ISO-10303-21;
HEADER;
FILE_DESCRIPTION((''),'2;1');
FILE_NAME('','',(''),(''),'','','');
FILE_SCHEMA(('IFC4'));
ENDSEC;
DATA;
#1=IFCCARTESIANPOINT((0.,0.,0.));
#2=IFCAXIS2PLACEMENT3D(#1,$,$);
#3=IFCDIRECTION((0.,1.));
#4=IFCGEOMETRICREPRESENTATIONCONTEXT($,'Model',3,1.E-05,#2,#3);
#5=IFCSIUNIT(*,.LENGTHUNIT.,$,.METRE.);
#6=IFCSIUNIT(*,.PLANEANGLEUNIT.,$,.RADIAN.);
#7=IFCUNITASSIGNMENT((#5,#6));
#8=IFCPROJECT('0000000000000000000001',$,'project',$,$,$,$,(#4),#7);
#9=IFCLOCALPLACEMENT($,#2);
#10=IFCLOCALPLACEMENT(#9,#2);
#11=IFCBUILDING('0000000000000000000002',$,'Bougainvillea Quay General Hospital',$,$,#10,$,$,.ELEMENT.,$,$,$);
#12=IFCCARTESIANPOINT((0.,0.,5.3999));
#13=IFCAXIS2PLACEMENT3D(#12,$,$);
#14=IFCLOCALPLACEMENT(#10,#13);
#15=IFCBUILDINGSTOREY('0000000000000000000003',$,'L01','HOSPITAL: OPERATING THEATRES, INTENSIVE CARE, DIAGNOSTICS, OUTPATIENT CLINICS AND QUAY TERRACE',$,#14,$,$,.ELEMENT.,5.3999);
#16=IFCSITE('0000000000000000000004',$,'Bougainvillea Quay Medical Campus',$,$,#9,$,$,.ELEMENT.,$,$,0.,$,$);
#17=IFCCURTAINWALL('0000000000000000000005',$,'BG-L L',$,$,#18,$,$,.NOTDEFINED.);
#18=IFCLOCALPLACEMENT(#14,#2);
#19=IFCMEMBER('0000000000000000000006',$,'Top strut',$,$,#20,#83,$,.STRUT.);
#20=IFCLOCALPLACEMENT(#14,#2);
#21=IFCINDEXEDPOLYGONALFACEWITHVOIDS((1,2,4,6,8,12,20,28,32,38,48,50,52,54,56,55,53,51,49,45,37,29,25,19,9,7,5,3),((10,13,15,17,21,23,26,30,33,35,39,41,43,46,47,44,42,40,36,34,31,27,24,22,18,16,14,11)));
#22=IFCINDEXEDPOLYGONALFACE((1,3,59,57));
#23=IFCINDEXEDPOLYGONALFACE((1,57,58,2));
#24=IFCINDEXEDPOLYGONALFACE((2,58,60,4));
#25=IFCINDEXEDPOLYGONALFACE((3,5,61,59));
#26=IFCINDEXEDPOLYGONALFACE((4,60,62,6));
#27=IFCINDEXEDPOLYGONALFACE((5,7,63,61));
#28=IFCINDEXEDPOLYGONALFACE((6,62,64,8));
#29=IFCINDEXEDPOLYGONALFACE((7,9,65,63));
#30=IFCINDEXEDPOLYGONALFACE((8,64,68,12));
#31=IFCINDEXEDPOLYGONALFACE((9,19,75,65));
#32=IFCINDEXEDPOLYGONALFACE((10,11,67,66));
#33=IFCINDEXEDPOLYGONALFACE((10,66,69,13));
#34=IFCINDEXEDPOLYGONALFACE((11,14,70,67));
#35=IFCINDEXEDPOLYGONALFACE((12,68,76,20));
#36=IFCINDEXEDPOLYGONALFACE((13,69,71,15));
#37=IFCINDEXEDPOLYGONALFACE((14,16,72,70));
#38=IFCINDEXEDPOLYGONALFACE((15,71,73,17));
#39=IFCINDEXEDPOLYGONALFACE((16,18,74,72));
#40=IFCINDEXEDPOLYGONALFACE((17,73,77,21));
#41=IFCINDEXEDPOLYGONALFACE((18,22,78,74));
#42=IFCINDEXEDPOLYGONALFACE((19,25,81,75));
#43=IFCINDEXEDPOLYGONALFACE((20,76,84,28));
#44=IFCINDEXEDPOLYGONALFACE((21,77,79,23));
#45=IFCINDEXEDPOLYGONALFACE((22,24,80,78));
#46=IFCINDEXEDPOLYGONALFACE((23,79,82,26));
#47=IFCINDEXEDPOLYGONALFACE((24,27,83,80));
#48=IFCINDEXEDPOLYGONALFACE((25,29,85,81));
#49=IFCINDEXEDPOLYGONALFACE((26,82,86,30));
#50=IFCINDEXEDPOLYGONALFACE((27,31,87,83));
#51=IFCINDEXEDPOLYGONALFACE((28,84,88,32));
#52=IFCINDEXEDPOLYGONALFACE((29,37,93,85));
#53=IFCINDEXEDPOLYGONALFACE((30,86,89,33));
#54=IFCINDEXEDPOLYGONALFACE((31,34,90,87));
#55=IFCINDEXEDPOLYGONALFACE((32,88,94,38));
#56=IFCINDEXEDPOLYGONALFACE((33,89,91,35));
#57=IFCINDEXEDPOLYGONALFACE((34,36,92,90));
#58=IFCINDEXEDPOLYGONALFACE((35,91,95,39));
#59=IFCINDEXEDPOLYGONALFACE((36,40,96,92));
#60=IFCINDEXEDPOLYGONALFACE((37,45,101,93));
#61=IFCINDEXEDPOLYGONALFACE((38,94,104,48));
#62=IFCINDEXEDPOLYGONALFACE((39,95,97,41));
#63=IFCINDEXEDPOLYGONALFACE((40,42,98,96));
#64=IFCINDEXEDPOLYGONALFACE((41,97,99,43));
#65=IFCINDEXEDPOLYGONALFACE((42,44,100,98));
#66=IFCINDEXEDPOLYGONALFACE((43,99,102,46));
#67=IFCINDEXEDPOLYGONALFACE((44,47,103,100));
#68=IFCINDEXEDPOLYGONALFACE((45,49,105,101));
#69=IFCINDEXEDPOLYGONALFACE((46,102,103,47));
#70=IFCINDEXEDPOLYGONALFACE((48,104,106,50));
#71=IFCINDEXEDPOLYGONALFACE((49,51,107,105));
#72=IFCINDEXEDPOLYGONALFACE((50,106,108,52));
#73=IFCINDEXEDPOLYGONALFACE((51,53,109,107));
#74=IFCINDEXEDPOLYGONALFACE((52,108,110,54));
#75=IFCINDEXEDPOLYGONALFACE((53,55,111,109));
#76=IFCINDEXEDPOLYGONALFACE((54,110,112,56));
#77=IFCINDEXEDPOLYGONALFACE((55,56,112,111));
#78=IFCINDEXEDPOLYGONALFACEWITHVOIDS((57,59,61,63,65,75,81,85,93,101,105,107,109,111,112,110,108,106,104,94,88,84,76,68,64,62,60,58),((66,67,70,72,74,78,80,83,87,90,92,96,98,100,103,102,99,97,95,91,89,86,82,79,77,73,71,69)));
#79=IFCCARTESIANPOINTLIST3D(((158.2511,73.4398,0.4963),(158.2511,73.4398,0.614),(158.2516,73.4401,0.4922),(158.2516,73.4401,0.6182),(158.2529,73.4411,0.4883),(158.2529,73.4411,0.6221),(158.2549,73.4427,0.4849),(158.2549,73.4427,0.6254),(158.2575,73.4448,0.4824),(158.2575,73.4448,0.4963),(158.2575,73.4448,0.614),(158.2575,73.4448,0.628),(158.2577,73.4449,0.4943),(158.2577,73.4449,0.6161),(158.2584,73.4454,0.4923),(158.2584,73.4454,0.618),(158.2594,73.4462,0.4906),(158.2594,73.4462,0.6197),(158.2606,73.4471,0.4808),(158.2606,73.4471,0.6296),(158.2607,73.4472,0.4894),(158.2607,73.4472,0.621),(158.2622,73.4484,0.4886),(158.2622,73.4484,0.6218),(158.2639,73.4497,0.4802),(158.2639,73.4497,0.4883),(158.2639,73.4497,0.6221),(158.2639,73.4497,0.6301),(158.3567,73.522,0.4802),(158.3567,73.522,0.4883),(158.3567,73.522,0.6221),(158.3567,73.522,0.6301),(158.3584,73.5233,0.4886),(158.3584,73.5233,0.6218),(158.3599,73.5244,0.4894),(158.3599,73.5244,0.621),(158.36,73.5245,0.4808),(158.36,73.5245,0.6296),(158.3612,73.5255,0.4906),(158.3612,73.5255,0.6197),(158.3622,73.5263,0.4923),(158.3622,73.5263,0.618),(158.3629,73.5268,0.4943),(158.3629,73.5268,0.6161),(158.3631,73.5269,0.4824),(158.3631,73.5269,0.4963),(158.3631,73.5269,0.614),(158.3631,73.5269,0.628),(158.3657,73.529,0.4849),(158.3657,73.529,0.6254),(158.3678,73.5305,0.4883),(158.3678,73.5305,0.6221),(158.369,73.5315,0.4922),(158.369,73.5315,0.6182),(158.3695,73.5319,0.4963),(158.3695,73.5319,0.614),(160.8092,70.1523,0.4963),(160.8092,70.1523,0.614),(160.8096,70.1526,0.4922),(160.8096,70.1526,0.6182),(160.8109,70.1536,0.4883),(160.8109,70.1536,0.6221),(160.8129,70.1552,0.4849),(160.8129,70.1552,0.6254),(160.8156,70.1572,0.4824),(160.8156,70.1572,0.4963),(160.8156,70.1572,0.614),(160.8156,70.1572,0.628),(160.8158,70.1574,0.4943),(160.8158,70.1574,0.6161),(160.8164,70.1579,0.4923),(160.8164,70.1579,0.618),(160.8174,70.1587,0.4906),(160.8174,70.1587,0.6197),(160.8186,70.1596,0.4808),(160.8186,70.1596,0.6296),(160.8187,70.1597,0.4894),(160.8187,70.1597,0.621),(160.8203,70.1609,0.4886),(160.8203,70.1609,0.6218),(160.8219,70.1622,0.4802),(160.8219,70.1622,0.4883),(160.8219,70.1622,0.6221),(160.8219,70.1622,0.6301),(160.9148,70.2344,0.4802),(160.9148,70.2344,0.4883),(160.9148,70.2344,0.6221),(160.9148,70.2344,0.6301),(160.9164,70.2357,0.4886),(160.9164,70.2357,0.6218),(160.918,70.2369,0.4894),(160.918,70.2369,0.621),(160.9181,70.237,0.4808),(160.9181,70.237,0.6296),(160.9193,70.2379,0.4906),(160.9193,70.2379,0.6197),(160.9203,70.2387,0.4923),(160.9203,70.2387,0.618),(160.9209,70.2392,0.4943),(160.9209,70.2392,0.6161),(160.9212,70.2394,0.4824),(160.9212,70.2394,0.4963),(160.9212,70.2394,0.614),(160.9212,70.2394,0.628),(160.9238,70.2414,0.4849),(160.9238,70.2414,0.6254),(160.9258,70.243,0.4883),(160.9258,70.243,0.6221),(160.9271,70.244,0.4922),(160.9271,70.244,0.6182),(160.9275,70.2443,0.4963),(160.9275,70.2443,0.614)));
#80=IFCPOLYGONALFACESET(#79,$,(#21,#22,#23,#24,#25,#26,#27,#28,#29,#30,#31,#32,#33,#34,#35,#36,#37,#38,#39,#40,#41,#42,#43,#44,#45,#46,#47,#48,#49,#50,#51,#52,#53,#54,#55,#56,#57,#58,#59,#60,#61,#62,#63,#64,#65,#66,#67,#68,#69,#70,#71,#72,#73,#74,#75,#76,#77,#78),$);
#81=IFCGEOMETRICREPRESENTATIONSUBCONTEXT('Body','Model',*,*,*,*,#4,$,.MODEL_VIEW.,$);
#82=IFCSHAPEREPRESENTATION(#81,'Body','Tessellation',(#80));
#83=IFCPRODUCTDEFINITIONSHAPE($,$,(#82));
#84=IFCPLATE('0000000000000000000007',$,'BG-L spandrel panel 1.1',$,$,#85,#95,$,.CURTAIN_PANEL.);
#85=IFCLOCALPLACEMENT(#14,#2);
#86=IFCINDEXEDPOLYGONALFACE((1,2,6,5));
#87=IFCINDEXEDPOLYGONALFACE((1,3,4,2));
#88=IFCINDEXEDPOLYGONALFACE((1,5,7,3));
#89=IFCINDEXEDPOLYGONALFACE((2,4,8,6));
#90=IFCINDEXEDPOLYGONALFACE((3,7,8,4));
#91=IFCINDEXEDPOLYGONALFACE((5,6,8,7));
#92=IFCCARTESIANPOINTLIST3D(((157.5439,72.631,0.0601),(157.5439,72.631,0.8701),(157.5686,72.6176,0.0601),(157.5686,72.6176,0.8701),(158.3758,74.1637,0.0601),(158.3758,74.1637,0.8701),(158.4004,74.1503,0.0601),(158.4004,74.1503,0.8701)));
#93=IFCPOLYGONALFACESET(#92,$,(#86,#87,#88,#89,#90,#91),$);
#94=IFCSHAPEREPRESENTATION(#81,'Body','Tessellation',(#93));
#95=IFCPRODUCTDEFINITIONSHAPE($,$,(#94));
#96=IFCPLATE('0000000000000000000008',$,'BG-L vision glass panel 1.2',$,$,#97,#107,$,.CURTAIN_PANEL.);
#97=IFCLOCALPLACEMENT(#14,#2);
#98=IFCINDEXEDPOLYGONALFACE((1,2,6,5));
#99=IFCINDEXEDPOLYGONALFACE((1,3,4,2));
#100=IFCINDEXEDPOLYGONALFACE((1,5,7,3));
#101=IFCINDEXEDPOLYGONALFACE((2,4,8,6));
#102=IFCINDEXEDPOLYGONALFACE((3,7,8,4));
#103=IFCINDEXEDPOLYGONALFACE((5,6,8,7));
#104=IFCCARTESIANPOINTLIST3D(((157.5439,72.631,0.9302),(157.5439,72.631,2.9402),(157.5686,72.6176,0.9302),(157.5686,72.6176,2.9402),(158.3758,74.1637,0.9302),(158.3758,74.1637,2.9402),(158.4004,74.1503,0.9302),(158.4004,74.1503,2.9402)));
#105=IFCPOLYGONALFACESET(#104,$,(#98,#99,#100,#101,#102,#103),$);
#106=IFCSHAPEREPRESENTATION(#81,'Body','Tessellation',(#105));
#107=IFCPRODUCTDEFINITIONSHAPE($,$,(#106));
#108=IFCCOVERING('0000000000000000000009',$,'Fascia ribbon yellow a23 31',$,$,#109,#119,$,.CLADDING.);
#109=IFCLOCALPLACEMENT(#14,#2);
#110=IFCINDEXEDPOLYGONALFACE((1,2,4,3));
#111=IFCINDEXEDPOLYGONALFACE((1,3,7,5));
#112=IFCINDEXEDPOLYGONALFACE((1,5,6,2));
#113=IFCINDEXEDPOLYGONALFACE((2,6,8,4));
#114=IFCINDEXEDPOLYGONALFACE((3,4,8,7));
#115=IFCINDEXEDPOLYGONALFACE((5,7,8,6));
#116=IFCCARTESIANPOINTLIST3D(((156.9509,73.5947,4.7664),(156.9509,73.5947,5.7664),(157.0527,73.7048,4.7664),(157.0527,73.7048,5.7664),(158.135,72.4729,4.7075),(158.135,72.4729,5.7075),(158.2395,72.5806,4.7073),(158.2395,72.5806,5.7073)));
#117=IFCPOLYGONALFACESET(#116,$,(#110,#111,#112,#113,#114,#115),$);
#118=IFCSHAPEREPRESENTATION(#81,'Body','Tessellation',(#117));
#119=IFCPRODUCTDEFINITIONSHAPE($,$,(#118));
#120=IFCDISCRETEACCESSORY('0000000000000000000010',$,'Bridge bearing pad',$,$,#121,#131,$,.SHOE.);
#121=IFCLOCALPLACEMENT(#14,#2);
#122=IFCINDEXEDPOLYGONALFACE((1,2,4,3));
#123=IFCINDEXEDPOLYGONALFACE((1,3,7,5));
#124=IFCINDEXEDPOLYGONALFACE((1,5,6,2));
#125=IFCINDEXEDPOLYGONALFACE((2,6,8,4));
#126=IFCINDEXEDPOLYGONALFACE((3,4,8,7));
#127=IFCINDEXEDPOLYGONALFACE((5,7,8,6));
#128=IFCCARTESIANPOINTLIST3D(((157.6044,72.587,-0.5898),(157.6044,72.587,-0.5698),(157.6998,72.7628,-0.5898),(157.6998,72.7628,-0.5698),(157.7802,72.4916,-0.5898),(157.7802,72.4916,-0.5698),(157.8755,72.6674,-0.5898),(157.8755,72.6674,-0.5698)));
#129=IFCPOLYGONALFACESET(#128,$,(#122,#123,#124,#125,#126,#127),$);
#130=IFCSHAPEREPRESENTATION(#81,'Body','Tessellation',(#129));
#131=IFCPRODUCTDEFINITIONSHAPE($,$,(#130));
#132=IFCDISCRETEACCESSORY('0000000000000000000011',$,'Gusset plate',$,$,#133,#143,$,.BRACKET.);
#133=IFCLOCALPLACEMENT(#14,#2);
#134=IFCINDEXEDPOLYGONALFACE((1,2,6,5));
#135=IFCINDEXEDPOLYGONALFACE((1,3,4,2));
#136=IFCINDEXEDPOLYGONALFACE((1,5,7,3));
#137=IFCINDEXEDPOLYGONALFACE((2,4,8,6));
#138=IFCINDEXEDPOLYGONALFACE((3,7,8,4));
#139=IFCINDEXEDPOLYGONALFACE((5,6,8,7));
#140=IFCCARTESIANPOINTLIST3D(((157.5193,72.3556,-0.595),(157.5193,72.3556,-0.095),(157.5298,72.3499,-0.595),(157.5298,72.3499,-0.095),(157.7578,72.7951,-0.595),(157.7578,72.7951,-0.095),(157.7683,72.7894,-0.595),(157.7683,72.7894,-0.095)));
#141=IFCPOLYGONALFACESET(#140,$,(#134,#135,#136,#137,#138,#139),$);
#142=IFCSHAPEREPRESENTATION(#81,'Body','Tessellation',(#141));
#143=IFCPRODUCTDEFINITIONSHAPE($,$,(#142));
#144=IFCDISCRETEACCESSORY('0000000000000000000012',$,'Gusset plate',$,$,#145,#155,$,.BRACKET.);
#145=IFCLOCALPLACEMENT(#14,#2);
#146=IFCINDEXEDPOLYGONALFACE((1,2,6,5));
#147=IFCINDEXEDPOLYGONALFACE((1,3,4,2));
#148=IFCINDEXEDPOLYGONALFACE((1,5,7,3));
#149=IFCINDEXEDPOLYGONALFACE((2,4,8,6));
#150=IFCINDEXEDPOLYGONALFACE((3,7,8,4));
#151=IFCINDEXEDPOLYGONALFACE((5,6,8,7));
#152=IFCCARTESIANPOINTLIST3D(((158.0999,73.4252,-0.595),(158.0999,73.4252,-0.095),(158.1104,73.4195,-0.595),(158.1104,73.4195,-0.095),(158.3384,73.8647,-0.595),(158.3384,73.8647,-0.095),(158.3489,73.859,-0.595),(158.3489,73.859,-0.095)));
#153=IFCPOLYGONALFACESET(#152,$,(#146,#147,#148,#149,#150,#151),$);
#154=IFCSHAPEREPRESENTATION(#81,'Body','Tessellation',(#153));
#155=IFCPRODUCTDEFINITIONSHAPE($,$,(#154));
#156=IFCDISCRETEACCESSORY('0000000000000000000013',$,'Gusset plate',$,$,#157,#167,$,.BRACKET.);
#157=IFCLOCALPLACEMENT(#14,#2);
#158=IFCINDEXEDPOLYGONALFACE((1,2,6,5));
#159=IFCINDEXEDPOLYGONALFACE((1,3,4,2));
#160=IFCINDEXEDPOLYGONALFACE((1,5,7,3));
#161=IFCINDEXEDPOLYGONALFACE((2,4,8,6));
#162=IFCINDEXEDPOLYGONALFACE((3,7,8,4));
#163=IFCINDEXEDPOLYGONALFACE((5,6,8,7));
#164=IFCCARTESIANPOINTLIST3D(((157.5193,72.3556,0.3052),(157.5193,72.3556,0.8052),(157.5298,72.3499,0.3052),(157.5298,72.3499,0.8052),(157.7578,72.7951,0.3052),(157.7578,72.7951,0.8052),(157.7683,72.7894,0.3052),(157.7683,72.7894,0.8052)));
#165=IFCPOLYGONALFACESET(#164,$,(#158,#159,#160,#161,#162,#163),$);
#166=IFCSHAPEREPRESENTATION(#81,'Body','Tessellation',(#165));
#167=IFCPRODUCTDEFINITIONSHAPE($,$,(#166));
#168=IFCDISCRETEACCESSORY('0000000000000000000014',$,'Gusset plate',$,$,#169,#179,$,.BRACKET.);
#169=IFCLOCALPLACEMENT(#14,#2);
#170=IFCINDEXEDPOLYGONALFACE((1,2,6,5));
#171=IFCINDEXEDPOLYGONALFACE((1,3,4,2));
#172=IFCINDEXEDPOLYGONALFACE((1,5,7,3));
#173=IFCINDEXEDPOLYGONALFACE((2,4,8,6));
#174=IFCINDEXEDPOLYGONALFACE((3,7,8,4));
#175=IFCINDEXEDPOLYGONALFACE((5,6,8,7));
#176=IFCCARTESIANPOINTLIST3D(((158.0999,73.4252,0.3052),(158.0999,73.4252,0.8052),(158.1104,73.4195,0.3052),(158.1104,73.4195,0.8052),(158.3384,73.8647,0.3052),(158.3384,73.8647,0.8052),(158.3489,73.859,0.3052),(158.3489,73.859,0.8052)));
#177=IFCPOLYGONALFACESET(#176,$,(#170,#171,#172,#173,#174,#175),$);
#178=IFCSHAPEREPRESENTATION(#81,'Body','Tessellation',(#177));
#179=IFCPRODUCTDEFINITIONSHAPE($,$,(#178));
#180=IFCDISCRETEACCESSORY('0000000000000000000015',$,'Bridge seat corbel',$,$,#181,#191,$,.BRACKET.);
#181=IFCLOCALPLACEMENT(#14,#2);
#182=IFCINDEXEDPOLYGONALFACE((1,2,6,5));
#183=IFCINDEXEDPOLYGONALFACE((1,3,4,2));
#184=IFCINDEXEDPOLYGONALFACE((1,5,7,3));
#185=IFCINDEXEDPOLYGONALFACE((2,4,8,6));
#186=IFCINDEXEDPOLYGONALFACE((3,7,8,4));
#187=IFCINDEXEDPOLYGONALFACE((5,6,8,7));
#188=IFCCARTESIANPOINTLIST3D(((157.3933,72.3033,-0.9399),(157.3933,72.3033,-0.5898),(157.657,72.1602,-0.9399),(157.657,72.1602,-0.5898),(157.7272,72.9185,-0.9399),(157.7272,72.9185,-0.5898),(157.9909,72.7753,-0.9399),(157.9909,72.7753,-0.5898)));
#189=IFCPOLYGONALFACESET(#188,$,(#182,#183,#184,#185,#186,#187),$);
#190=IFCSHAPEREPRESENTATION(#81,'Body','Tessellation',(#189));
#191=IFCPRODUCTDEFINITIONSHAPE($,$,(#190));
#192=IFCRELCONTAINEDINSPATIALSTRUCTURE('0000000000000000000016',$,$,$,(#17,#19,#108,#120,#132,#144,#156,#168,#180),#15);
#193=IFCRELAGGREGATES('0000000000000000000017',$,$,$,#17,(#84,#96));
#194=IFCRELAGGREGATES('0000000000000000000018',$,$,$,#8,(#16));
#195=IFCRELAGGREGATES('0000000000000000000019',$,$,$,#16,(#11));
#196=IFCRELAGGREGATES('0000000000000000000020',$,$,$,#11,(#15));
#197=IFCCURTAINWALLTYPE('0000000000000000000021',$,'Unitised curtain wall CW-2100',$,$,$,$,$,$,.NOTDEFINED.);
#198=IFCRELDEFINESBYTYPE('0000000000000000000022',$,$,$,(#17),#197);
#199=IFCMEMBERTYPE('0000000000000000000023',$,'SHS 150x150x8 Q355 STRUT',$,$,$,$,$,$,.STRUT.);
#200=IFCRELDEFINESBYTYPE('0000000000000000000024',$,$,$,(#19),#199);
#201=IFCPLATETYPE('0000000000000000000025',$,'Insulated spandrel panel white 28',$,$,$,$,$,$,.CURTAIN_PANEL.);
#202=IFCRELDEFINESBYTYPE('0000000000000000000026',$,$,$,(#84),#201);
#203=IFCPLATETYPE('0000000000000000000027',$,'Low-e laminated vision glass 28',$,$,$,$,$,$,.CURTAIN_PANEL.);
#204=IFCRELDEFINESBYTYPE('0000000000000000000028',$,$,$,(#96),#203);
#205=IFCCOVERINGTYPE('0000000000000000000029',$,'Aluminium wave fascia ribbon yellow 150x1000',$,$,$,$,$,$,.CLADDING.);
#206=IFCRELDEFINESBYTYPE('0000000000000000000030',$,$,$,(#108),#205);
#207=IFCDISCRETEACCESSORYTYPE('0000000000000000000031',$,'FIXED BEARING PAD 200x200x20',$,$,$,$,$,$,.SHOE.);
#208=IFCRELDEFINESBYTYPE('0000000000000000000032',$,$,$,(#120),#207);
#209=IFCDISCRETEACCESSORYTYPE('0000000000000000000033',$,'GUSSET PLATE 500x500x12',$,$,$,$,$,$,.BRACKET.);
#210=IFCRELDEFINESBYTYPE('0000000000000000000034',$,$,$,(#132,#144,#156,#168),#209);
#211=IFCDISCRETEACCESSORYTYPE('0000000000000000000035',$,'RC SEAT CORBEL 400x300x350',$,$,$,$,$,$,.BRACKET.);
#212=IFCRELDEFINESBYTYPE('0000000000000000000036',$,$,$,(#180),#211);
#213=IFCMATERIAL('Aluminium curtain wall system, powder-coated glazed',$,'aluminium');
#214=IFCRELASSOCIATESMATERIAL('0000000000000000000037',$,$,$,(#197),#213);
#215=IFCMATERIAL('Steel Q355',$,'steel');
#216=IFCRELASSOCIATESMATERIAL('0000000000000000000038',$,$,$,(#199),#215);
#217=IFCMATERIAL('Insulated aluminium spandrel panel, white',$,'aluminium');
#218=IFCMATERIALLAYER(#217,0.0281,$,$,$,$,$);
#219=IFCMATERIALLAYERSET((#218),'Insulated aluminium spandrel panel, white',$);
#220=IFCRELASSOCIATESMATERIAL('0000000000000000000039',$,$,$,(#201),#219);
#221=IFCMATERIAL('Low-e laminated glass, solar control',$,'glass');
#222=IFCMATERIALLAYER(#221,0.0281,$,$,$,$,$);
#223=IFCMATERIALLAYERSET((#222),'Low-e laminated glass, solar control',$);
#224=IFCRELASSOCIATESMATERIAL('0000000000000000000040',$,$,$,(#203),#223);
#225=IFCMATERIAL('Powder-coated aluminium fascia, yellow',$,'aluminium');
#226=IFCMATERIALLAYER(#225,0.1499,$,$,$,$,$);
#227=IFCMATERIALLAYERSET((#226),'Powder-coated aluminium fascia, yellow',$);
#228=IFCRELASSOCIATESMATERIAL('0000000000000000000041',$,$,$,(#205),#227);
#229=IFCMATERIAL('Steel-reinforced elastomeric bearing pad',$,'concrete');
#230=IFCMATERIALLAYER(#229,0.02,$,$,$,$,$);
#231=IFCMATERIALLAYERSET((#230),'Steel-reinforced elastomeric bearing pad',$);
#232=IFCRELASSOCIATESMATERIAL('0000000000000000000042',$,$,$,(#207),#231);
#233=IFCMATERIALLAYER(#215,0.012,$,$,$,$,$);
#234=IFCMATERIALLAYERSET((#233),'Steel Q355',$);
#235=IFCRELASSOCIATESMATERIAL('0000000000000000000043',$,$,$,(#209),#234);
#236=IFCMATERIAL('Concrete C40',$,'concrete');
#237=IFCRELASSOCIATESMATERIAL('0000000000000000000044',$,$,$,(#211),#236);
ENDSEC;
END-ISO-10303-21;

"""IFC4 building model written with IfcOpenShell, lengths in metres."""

from ifc_helpers import new_model, si_unit, direction, frame, origin, origin_2d, place, context, subcontext, project, spatial, polyline, rectangle, hollow_rectangle, outline, extrude, material, layer, layer_set, material_profile, profile_set, type_object, element, aggregate, save


model = new_model("IFC4")

# Units and contexts
model_context = context("Model", 3, precision=1e-05, world=origin(), true_north=direction((0.0, 1.0)))
body_context = subcontext(model_context, "Body", "Model", "MODEL_VIEW")
ifc_project = project(units=[si_unit("LENGTHUNIT", "METRE"), si_unit("PLANEANGLEUNIT", "RADIAN")], contexts=[model_context])

# Site, building, storey
site_placement = place(None, origin())
site = spatial("IfcSite", under=ifc_project, at=site_placement, Name="Bougainvillea Quay Medical Campus", CompositionType="ELEMENT", RefElevation=0.0)
building_placement = place(site_placement, origin())
building = spatial("IfcBuilding", under=site, at=building_placement, Name="Bougainvillea Quay General Hospital", CompositionType="ELEMENT")
storey_placement = place(building_placement, frame((0.0, 0.0, 5.3999)))
storey = spatial("IfcBuildingStorey", under=building, at=storey_placement, Name="L01", Description="HOSPITAL: OPERATING THEATRES, INTENSIVE CARE, DIAGNOSTICS, OUTPATIENT CLINICS AND QUAY TERRACE", CompositionType="ELEMENT", Elevation=5.3999)

# Curtain wall
ifc_material_1 = material(Name="Aluminium curtain wall system, powder-coated glazed", Category="aluminium")
curtain_wall_type = type_object("IfcCurtainWallType", Name="Unitised curtain wall CW-2100", PredefinedType="NOTDEFINED", material=ifc_material_1)
curtain_wall_placement = place(storey_placement, origin())
curtain_wall = element("IfcCurtainWall", 1, at=curtain_wall_placement, inside=storey, type_object=curtain_wall_type, Name="BG-L L", PredefinedType="NOTDEFINED")

# Member
ifc_material_2 = material(Name="Steel Q355", Category="steel")
ifc_material_profile_1 = material_profile(ifc_material_2, hollow_rectangle(XDim=0.1499, YDim=0.1499, WallThickness=0.0081, InnerFilletRadius=0.0081, OuterFilletRadius=0.0161, at=origin_2d()))
ifc_profile_set_1 = profile_set([ifc_material_profile_1], Name="Steel Q355")
member_type_1 = type_object("IfcMemberType", Name="SHS 150x150x8 Q355 STRUT", PredefinedType="STRUT", material=ifc_profile_set_1)
member_1_placement = place(storey_placement, frame((158.3103, 73.4858, 0.5552), z_axis=(0.614103, -0.789226, 0.0), x_axis=(0.789226, 0.614103, 0.0)))
element("IfcMember", 2, at=member_1_placement, inside=storey, type_object=member_type_1, Name="Top strut", PredefinedType="STRUT", context=body_context, shape_type="SweptSolid", body=[
    extrude(hollow_rectangle(XDim=0.1499, YDim=0.1499, WallThickness=0.0081, InnerFilletRadius=0.0081, OuterFilletRadius=0.0161, at=origin_2d()), origin(), (0.0, 0.0, 1.0), 4.1655),
])

# Plates
ifc_material_3 = material(Name="Insulated aluminium spandrel panel, white", Category="aluminium")
ifc_layer_1 = layer(ifc_material_3, 0.0281)
ifc_layer_set_1 = layer_set([ifc_layer_1], Name="Insulated aluminium spandrel panel, white")
plate_type_1 = type_object("IfcPlateType", Name="Insulated spandrel panel white 28", PredefinedType="CURTAIN_PANEL", material=ifc_layer_set_1)
plate_1_placement = place(storey_placement, frame((157.9722, 73.3906, 0.0601), z_axis=(0.0, 0.0, 1.0), x_axis=(0.477017, 0.878894, 0.0)))
plate_1 = element("IfcPlate", 3, at=plate_1_placement, type_object=plate_type_1, Name="BG-L spandrel panel 1.1", PredefinedType="CURTAIN_PANEL", context=body_context, shape_type="SweptSolid", body=[
    extrude(rectangle(XDim=1.7439, YDim=0.0281, at=origin_2d()), origin(), (0.0, 0.0, 1.0), 0.8101),
])
ifc_material_4 = material(Name="Low-e laminated glass, solar control", Category="glass")
ifc_layer_2 = layer(ifc_material_4, 0.0281)
ifc_layer_set_2 = layer_set([ifc_layer_2], Name="Low-e laminated glass, solar control")
plate_type_2 = type_object("IfcPlateType", Name="Low-e laminated vision glass 28", PredefinedType="CURTAIN_PANEL", material=ifc_layer_set_2)
plate_2_placement = place(storey_placement, frame((157.9722, 73.3906, 0.9302), z_axis=(0.0, 0.0, 1.0), x_axis=(0.477017, 0.878894, 0.0)))
plate_2 = element("IfcPlate", 4, at=plate_2_placement, type_object=plate_type_2, Name="BG-L vision glass panel 1.2", PredefinedType="CURTAIN_PANEL", context=body_context, shape_type="SweptSolid", body=[
    extrude(rectangle(XDim=1.7439, YDim=0.0281, at=origin_2d()), origin(), (0.0, 0.0, 1.0), 2.01),
])
aggregate(curtain_wall, [plate_1, plate_2])

# Covering
ifc_material_5 = material(Name="Powder-coated aluminium fascia, yellow", Category="aluminium")
ifc_layer_3 = layer(ifc_material_5, 0.1499)
ifc_layer_set_3 = layer_set([ifc_layer_3], Name="Powder-coated aluminium fascia, yellow")
covering_type = type_object("IfcCoveringType", Name="Aluminium wave fascia ribbon yellow 150x1000", PredefinedType="CLADDING", material=ifc_layer_set_3)
covering_placement = place(storey_placement, frame((158.135, 72.4729, 4.7075), z_axis=(0.026755, -0.024225, 0.999348), x_axis=(-0.72546, 0.687318, 0.036083)))
element("IfcCovering", 5, at=covering_placement, inside=storey, type_object=covering_type, Name="Fascia ribbon yellow a23 31", PredefinedType="CLADDING", context=body_context, shape_type="SweptSolid", body=[
    extrude(outline(polyline([(0.0, 0.0), (1.6322, 0.0), (1.634, -0.1499), (-0.0018, -0.15), (0.0, 0.0)])), origin(), (0.036083, 0.000815, 0.999348), 1.0),
])

# Discrete accessories
ifc_material_6 = material(Name="Steel-reinforced elastomeric bearing pad", Category="concrete")
ifc_layer_4 = layer(ifc_material_6, 0.02)
ifc_layer_set_4 = layer_set([ifc_layer_4], Name="Steel-reinforced elastomeric bearing pad")
discrete_accessory_type_1 = type_object("IfcDiscreteAccessoryType", Name="FIXED BEARING PAD 200x200x20", PredefinedType="SHOE", material=ifc_layer_set_4)
discrete_accessory_1_placement = place(storey_placement, frame((157.74, 72.6272, -0.5898), z_axis=(0.0, 0.0, 1.0), x_axis=(0.477018, 0.878894, 0.0)))
element("IfcDiscreteAccessory", 6, at=discrete_accessory_1_placement, inside=storey, type_object=discrete_accessory_type_1, Name="Bridge bearing pad", PredefinedType="SHOE", context=body_context, shape_type="SweptSolid", body=[
    extrude(rectangle(XDim=0.2, YDim=0.2, at=origin_2d()), origin(), (0.0, 0.0, 1.0), 0.02),
])
ifc_layer_5 = layer(ifc_material_2, 0.012)
ifc_layer_set_5 = layer_set([ifc_layer_5], Name="Steel Q355")
discrete_accessory_type_2 = type_object("IfcDiscreteAccessoryType", Name="GUSSET PLATE 500x500x12", PredefinedType="BRACKET", material=ifc_layer_set_5)
for number, where, z_axis, x_axis, name in (
    (7, (157.6438, 72.5725, -0.595), (0.0, 0.0, 1.0), (0.477018, 0.878894, 0.0), "Gusset plate"),
    (8, (158.2244, 73.6421, -0.595), (0.0, 0.0, 1.0), (0.477018, 0.878894, 0.0), "Gusset plate"),
    (9, (157.6438, 72.5725, 0.3052), (0.0, 0.0, 1.0), (0.477018, 0.878894, 0.0), "Gusset plate"),
    (10, (158.2244, 73.6421, 0.3052), (0.0, 0.0, 1.0), (0.477018, 0.878894, 0.0), "Gusset plate"),
):
    element("IfcDiscreteAccessory", number, at=place(storey_placement, frame(where, z_axis=z_axis, x_axis=x_axis)), inside=storey, type_object=discrete_accessory_type_2, Name=name, PredefinedType="BRACKET", context=body_context, shape_type="SweptSolid", body=[
        extrude(rectangle(XDim=0.5, YDim=0.012, at=origin_2d()), origin(), (0.0, 0.0, 1.0), 0.5),
    ])
ifc_material_7 = material(Name="Concrete C40", Category="concrete")
discrete_accessory_type_3 = type_object("IfcDiscreteAccessoryType", Name="RC SEAT CORBEL 400x300x350", PredefinedType="BRACKET", material=ifc_material_7)
discrete_accessory_2_placement = place(storey_placement, frame((157.6921, 72.5393, -0.9399), z_axis=(0.0, 0.0, 1.0), x_axis=(0.477018, 0.878894, 0.0)))
element("IfcDiscreteAccessory", 11, at=discrete_accessory_2_placement, inside=storey, type_object=discrete_accessory_type_3, Name="Bridge seat corbel", PredefinedType="BRACKET", context=body_context, shape_type="SweptSolid", body=[
    extrude(rectangle(XDim=0.7, YDim=0.3, at=origin_2d()), origin(), (0.0, 0.0, 1.0), 0.3501),
])

save(model, "model.ifc")
